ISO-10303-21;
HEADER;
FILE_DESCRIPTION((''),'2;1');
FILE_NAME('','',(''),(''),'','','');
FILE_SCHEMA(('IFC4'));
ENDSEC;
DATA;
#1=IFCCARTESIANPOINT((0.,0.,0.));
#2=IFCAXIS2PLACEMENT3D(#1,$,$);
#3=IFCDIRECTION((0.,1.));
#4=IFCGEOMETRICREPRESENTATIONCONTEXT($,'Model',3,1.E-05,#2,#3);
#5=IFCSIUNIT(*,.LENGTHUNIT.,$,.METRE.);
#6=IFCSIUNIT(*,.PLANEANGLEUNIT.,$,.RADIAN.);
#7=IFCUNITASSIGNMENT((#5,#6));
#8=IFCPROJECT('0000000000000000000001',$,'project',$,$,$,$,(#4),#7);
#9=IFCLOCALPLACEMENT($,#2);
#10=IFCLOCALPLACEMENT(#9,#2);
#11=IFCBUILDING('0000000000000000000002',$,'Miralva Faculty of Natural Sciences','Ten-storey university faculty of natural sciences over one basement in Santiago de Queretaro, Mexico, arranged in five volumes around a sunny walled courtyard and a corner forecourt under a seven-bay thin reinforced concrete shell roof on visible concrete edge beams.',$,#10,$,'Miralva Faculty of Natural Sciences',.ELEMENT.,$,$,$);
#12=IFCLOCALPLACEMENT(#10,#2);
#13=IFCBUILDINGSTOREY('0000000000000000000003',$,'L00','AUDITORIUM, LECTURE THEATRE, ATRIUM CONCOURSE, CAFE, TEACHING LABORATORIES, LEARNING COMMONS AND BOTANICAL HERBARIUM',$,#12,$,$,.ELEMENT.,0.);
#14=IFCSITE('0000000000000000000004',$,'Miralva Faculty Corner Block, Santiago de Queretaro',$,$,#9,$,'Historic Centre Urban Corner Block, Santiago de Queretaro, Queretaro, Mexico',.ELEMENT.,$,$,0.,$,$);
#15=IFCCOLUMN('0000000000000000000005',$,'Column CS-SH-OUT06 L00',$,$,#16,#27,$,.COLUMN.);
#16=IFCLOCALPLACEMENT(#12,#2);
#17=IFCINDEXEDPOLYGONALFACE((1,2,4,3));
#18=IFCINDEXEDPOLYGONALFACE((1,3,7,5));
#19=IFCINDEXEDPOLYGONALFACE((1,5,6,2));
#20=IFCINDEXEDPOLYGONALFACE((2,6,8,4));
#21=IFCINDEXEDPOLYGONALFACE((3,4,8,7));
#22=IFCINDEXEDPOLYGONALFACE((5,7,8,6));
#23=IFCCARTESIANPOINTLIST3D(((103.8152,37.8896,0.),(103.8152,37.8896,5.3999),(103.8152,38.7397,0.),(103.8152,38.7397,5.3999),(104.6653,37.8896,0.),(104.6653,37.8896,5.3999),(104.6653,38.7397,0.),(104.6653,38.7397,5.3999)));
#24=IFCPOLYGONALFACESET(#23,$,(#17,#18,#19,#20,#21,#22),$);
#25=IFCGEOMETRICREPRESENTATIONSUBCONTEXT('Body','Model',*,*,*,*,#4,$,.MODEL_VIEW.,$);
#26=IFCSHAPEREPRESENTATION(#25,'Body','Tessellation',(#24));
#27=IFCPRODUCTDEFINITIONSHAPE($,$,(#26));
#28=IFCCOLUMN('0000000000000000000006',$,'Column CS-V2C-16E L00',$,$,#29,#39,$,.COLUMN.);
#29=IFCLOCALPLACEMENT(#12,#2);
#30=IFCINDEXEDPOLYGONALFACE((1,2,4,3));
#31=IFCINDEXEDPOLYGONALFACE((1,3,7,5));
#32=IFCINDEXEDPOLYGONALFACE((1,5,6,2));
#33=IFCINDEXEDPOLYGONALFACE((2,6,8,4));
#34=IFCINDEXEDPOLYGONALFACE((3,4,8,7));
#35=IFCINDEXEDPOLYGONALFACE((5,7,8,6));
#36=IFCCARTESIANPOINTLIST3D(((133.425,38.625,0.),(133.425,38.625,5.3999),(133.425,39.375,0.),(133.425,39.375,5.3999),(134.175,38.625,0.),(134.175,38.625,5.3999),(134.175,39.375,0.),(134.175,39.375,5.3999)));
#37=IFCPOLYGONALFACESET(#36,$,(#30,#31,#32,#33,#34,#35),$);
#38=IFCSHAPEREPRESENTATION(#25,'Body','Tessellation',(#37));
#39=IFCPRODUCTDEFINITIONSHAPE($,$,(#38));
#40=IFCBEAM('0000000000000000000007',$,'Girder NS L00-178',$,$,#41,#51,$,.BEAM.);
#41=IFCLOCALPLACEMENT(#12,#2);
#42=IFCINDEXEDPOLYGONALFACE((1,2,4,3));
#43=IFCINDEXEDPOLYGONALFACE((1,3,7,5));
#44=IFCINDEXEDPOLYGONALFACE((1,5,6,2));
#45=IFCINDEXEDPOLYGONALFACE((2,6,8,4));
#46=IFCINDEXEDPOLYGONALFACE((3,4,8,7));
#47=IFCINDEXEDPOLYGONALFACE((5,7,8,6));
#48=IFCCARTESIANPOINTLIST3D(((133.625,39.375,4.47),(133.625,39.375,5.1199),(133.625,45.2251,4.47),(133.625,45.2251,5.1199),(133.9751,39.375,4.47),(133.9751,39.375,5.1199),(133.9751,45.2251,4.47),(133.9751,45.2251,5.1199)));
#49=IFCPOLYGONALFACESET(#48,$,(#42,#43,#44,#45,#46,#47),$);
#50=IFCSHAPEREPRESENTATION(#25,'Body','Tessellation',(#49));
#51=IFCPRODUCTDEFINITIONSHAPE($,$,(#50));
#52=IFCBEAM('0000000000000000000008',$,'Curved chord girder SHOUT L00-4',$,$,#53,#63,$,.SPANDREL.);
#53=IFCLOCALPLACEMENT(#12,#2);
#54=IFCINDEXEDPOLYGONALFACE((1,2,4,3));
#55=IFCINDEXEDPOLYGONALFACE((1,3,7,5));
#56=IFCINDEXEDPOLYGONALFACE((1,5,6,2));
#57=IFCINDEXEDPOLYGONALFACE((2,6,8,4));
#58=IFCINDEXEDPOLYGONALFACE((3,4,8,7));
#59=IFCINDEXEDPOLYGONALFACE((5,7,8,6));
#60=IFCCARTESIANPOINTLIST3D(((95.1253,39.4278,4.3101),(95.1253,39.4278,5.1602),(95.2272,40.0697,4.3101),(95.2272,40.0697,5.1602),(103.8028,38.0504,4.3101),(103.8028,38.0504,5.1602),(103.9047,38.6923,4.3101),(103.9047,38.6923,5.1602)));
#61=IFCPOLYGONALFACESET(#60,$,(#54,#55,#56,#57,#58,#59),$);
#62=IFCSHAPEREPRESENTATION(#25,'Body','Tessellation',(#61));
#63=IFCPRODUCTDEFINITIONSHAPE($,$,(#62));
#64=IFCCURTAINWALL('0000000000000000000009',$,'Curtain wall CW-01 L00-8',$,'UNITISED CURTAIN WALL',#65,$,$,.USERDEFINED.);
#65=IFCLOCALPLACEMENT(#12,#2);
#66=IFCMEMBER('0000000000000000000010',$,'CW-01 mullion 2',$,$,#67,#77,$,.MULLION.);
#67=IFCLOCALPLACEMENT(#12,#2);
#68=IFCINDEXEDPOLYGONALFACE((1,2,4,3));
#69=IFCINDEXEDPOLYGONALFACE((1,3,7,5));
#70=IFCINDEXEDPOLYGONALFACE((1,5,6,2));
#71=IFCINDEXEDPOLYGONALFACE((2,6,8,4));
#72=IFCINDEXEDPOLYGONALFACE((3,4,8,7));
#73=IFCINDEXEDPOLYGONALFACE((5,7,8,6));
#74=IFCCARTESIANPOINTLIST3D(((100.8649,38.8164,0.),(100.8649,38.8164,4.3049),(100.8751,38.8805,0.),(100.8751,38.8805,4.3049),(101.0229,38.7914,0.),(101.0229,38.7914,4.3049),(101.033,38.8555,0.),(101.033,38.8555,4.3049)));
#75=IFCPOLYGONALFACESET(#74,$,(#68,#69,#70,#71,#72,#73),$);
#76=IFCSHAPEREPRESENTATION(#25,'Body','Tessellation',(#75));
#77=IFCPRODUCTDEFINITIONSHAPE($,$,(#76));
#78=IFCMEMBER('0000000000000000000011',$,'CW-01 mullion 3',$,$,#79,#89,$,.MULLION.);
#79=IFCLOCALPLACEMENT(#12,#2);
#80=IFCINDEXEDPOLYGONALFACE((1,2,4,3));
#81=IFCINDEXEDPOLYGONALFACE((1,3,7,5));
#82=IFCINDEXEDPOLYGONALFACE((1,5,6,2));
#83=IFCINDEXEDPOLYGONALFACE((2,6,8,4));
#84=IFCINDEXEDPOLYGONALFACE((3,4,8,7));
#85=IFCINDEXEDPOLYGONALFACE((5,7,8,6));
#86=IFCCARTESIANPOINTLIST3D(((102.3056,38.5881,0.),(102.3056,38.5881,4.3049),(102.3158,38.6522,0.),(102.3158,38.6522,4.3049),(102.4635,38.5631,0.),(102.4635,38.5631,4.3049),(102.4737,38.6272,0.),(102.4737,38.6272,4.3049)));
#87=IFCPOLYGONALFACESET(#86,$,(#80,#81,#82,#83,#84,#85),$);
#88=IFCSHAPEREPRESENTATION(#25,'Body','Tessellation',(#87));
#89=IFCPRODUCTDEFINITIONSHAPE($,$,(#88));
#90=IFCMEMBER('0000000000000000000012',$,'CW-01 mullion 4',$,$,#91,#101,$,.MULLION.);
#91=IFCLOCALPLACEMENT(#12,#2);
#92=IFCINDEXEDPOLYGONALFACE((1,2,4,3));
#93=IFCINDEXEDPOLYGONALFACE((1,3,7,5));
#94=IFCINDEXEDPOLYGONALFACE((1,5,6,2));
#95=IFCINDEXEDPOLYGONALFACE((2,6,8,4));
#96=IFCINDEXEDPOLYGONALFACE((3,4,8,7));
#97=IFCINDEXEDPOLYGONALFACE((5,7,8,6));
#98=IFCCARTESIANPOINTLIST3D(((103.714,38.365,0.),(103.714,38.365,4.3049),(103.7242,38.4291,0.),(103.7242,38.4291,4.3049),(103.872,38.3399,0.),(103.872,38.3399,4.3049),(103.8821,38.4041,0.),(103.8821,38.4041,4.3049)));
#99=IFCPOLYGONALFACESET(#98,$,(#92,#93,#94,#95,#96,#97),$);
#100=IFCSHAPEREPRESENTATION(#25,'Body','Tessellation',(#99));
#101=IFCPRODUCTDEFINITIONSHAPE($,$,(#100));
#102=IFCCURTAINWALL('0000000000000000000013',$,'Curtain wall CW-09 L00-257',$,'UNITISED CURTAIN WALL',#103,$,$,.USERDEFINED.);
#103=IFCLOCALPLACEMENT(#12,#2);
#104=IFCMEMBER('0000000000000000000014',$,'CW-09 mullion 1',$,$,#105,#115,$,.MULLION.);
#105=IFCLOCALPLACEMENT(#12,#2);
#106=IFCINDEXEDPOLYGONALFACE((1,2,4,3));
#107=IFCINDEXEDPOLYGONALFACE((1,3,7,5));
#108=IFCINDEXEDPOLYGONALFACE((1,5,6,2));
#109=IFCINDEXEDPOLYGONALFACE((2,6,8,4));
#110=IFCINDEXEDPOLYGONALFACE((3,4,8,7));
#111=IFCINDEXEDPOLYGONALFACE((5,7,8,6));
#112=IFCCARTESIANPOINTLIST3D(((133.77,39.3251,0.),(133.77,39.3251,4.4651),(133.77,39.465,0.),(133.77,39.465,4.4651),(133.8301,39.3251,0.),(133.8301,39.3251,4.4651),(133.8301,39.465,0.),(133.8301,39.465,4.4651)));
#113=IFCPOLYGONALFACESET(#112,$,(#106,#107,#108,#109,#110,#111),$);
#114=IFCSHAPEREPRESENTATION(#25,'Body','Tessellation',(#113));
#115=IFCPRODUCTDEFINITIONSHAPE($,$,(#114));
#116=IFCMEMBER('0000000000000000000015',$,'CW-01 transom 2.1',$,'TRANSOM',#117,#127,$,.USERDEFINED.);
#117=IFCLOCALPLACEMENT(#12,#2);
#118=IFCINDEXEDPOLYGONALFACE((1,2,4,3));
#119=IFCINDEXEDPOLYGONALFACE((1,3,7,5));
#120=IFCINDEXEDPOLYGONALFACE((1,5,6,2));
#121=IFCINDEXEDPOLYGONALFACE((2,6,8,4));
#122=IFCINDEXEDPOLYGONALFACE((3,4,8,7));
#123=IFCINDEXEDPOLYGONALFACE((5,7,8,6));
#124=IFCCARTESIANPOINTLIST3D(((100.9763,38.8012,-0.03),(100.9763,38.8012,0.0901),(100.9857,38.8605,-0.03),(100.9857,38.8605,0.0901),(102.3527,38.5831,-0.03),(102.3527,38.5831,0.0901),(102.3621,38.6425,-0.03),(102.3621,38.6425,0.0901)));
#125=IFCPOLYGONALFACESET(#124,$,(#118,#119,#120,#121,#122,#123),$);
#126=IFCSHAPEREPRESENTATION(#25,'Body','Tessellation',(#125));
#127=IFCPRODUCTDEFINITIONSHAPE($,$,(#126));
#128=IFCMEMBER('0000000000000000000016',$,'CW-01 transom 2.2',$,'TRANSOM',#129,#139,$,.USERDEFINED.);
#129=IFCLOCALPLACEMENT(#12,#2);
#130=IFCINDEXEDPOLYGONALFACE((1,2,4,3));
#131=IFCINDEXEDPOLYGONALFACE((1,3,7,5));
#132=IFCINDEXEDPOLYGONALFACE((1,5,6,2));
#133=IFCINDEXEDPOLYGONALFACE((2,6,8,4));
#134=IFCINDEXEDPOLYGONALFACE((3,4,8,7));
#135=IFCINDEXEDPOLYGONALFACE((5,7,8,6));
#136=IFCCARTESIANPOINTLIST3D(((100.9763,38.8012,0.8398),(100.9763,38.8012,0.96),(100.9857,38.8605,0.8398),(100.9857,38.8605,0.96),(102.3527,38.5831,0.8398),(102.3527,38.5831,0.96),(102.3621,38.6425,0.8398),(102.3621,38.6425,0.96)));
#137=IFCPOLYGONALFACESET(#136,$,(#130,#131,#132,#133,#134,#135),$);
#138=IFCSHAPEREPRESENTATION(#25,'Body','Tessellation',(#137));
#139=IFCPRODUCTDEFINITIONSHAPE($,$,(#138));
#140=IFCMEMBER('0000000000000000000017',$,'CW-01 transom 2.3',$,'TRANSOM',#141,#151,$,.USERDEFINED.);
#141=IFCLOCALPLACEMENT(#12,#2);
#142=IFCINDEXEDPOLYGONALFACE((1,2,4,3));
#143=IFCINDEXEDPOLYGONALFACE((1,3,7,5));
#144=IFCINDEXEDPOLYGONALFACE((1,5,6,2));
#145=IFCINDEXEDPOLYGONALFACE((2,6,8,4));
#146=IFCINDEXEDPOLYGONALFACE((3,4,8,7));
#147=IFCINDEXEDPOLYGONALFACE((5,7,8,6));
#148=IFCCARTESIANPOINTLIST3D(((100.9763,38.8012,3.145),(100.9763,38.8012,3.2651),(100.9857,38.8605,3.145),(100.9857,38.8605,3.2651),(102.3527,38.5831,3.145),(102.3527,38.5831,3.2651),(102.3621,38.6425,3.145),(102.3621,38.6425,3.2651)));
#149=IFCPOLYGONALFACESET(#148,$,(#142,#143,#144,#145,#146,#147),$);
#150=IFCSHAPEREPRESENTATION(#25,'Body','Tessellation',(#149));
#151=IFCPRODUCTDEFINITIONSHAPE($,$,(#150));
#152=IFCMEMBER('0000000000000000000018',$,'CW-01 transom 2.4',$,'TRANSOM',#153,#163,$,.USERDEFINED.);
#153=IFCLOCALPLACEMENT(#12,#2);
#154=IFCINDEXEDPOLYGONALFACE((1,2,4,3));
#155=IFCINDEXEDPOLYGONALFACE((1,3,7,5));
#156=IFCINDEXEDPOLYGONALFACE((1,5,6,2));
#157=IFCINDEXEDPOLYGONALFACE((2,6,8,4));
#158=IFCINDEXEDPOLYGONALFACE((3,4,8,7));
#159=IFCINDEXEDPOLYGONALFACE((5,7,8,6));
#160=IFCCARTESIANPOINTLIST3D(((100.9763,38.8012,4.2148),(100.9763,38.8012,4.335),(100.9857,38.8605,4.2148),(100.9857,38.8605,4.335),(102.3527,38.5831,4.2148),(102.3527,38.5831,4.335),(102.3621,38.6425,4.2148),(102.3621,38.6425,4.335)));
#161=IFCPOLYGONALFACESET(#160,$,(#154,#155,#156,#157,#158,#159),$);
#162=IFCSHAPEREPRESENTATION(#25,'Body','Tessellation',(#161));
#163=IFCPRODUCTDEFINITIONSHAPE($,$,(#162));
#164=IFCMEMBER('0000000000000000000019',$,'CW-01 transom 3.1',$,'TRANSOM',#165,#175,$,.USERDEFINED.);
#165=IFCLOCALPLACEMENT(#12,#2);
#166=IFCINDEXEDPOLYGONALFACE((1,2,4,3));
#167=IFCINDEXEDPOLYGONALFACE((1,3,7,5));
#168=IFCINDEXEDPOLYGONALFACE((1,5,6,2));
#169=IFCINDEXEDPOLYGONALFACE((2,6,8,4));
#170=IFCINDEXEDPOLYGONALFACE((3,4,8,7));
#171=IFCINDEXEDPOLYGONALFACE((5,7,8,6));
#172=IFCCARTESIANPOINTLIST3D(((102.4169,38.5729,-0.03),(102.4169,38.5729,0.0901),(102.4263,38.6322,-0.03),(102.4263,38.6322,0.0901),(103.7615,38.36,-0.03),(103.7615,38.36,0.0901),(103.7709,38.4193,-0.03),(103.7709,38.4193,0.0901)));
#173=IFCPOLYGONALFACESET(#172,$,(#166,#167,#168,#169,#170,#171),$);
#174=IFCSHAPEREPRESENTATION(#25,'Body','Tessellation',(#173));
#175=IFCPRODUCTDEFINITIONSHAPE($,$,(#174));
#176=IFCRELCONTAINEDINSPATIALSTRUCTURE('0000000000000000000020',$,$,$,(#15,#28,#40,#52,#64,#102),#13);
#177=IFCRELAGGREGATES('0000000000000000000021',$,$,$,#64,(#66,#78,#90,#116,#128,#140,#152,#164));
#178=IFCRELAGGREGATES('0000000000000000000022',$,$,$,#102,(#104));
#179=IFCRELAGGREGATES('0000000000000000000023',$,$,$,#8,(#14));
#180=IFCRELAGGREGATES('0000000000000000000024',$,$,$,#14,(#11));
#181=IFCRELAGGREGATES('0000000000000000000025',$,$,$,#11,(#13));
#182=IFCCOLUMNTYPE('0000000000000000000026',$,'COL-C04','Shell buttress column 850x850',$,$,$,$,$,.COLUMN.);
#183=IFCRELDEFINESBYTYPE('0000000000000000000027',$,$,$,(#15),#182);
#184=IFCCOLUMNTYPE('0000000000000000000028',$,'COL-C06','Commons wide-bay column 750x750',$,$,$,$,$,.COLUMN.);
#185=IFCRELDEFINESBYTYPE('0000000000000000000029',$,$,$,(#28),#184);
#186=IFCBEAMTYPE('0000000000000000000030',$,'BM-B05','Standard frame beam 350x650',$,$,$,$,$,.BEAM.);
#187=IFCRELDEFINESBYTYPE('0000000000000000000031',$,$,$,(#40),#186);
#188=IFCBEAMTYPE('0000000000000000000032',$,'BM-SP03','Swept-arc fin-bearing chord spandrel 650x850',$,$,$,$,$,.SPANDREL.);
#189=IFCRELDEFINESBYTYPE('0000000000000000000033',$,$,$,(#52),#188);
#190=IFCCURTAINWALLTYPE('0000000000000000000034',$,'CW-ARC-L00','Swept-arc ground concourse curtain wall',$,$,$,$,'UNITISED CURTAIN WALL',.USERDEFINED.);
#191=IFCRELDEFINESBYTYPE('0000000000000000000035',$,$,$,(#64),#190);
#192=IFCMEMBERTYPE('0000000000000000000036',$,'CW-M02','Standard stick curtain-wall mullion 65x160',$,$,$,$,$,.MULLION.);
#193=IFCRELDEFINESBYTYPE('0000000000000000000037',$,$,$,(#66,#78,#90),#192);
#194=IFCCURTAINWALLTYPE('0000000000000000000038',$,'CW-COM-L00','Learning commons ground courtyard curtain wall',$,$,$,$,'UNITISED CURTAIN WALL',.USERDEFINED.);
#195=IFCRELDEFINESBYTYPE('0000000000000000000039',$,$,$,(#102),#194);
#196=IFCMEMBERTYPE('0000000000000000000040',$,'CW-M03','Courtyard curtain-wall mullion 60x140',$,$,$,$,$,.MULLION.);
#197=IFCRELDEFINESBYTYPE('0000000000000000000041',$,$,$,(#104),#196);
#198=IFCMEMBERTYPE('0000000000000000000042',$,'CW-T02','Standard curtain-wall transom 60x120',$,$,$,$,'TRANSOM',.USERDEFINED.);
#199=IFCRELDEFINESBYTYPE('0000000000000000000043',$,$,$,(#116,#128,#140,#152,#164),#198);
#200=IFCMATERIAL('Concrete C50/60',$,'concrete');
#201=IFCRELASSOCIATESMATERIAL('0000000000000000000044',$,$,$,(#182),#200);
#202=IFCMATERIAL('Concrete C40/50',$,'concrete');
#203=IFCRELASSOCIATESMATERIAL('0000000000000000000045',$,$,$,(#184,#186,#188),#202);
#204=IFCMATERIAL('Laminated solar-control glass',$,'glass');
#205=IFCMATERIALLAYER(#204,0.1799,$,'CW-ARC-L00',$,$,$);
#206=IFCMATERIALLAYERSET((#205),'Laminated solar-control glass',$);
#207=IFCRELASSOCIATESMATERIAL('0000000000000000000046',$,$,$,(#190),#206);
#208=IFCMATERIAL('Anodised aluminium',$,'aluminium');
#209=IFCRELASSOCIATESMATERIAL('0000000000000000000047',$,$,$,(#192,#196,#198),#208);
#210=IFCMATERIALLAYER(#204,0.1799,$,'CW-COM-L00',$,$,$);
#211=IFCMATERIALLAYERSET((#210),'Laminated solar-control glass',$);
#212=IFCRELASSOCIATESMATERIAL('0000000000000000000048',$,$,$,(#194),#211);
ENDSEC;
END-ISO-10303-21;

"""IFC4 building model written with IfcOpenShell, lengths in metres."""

from ifc_helpers import new_model, si_unit, direction, frame, origin, origin_2d, place, context, subcontext, project, spatial, rectangle, extrude, material, layer, layer_set, material_profile, profile_set, type_object, element, aggregate, save


model = new_model("IFC4")

# Units and contexts
model_context = context("Model", 3, precision=1e-05, world=origin(), true_north=direction((0.0, 1.0)))
body_context = subcontext(model_context, "Body", "Model", "MODEL_VIEW")
ifc_project = project(units=[si_unit("LENGTHUNIT", "METRE"), si_unit("PLANEANGLEUNIT", "RADIAN")], contexts=[model_context])

# Site, building, storey
site_placement = place(None, origin())
site = spatial("IfcSite", under=ifc_project, at=site_placement, Name="Miralva Faculty Corner Block, Santiago de Queretaro", LongName="Historic Centre Urban Corner Block, Santiago de Queretaro, Queretaro, Mexico", CompositionType="ELEMENT", RefElevation=0.0)
building_placement = place(site_placement, origin())
building = spatial("IfcBuilding", under=site, at=building_placement, Name="Miralva Faculty of Natural Sciences", Description="Ten-storey university faculty of natural sciences over one basement in Santiago de Queretaro, Mexico, arranged in five volumes around a sunny walled courtyard and a corner forecourt under a seven-bay thin reinforced concrete shell roof on visible concrete edge beams.", LongName="Miralva Faculty of Natural Sciences", CompositionType="ELEMENT")
storey_placement = place(building_placement, origin())
storey = spatial("IfcBuildingStorey", under=building, at=storey_placement, Name="L00", Description="AUDITORIUM, LECTURE THEATRE, ATRIUM CONCOURSE, CAFE, TEACHING LABORATORIES, LEARNING COMMONS AND BOTANICAL HERBARIUM", CompositionType="ELEMENT", Elevation=0.0)

# Columns
ifc_material_1 = material(Name="Concrete C50/60", Category="concrete")
ifc_material_profile_1 = material_profile(ifc_material_1, rectangle(XDim=0.8501, YDim=0.8501, at=origin_2d()), Name="RC 850x850")
ifc_profile_set_1 = profile_set([ifc_material_profile_1], Name="Concrete C50/60")
column_type_1 = type_object("IfcColumnType", Name="COL-C04", Description="Shell buttress column 850x850", PredefinedType="COLUMN", material=ifc_profile_set_1)
column_1_placement = place(storey_placement, frame((104.2402, 38.3147, 0.0), z_axis=(0.0, 0.0, 1.0), x_axis=(1.0, 0.0, 0.0)))
element("IfcColumn", 1, at=column_1_placement, inside=storey, type_object=column_type_1, Name="Column CS-SH-OUT06 L00", PredefinedType="COLUMN", context=body_context, shape_type="SweptSolid", body=[
    extrude(rectangle(XDim=0.8501, YDim=0.8501, at=origin_2d()), origin(), (0.0, 0.0, 1.0), 5.3999),
])
ifc_material_2 = material(Name="Concrete C40/50", Category="concrete")
ifc_material_profile_2 = material_profile(ifc_material_2, rectangle(XDim=0.75, YDim=0.75, at=origin_2d()), Name="RC 750x750")
ifc_profile_set_2 = profile_set([ifc_material_profile_2], Name="Concrete C40/50")
column_type_2 = type_object("IfcColumnType", Name="COL-C06", Description="Commons wide-bay column 750x750", PredefinedType="COLUMN", material=ifc_profile_set_2)
column_2_placement = place(storey_placement, frame((133.8, 39.0, 0.0), z_axis=(0.0, 0.0, 1.0), x_axis=(1.0, 0.0, 0.0)))
element("IfcColumn", 2, at=column_2_placement, inside=storey, type_object=column_type_2, Name="Column CS-V2C-16E L00", PredefinedType="COLUMN", context=body_context, shape_type="SweptSolid", body=[
    extrude(rectangle(XDim=0.75, YDim=0.75, at=origin_2d()), origin(), (0.0, 0.0, 1.0), 5.3999),
])

# Beams
ifc_material_profile_3 = material_profile(ifc_material_2, rectangle(XDim=0.3501, YDim=0.6499, at=origin_2d()), Name="RC 350x650")
ifc_profile_set_3 = profile_set([ifc_material_profile_3], Name="Concrete C40/50")
beam_type_1 = type_object("IfcBeamType", Name="BM-B05", Description="Standard frame beam 350x650", PredefinedType="BEAM", material=ifc_profile_set_3)
beam_1_placement = place(storey_placement, frame((133.8, 39.375, 4.7949), z_axis=(0.0, 1.0, 0.0), x_axis=(-1.0, 0.0, 0.0)))
element("IfcBeam", 3, at=beam_1_placement, inside=storey, type_object=beam_type_1, Name="Girder NS L00-178", PredefinedType="BEAM", context=body_context, shape_type="SweptSolid", body=[
    extrude(rectangle(XDim=0.3501, YDim=0.6499, at=origin_2d()), origin(), (0.0, 0.0, 1.0), 5.8501),
])
ifc_material_profile_4 = material_profile(ifc_material_2, rectangle(XDim=0.6499, YDim=0.8501, at=origin_2d()), Name="RC 650x850")
ifc_profile_set_4 = profile_set([ifc_material_profile_4], Name="Concrete C40/50")
beam_type_2 = type_object("IfcBeamType", Name="BM-SP03", Description="Swept-arc fin-bearing chord spandrel 650x850", PredefinedType="SPANDREL", material=ifc_profile_set_4)
beam_2_placement = place(storey_placement, frame((103.8538, 38.3713, 4.7351), z_axis=(-0.987634, 0.156774, 0.0), x_axis=(-0.156774, -0.987634, 0.0)))
element("IfcBeam", 4, at=beam_2_placement, inside=storey, type_object=beam_type_2, Name="Curved chord girder SHOUT L00-4", PredefinedType="SPANDREL", context=body_context, shape_type="SweptSolid", body=[
    extrude(rectangle(XDim=0.6499, YDim=0.8501, at=origin_2d()), origin(), (0.0, 0.0, 1.0), 8.7861),
])

# Curtain wall, members
ifc_material_3 = material(Name="Laminated solar-control glass", Category="glass")
ifc_layer_1 = layer(ifc_material_3, 0.1799, Name="CW-ARC-L00")
ifc_layer_set_1 = layer_set([ifc_layer_1], Name="Laminated solar-control glass")
curtain_wall_type_1 = type_object("IfcCurtainWallType", Name="CW-ARC-L00", Description="Swept-arc ground concourse curtain wall", ElementType="UNITISED CURTAIN WALL", PredefinedType="USERDEFINED", material=ifc_layer_set_1)
curtain_wall_1_placement = place(storey_placement, origin())
curtain_wall_1 = element("IfcCurtainWall", 5, at=curtain_wall_1_placement, inside=storey, type_object=curtain_wall_type_1, Name="Curtain wall CW-01 L00-8", ObjectType="UNITISED CURTAIN WALL", PredefinedType="USERDEFINED")
ifc_material_4 = material(Name="Anodised aluminium", Category="aluminium")
ifc_material_profile_5 = material_profile(ifc_material_4, rectangle(XDim=0.0649, YDim=0.1599, at=origin_2d()), Name="MULLION 65x160")
ifc_profile_set_5 = profile_set([ifc_material_profile_5], Name="Anodised aluminium")
member_type_1 = type_object("IfcMemberType", Name="CW-M02", Description="Standard stick curtain-wall mullion 65x160", PredefinedType="MULLION", material=ifc_profile_set_5)
member_1_placement = place(storey_placement, frame((100.949, 38.8359, 0.0), z_axis=(0.0, 0.0, 1.0), x_axis=(0.156445, 0.987687, 0.0)))
member_1 = element("IfcMember", 6, at=member_1_placement, type_object=member_type_1, Name="CW-01 mullion 2", PredefinedType="MULLION", context=body_context, shape_type="SweptSolid", body=[
    extrude(rectangle(XDim=0.0649, YDim=0.1599, at=origin_2d()), origin(), (0.0, 0.0, 1.0), 4.3049),
])
member_2_placement = place(storey_placement, frame((102.3896, 38.6077, 0.0), z_axis=(0.0, 0.0, 1.0), x_axis=(0.156445, 0.987687, 0.0)))
member_2 = element("IfcMember", 7, at=member_2_placement, type_object=member_type_1, Name="CW-01 mullion 3", PredefinedType="MULLION", context=body_context, shape_type="SweptSolid", body=[
    extrude(rectangle(XDim=0.0649, YDim=0.1599, at=origin_2d()), origin(), (0.0, 0.0, 1.0), 4.3049),
])
member_3_placement = place(storey_placement, frame((103.7981, 38.3845, 0.0), z_axis=(0.0, 0.0, 1.0), x_axis=(0.156445, 0.987687, 0.0)))
member_3 = element("IfcMember", 8, at=member_3_placement, type_object=member_type_1, Name="CW-01 mullion 4", PredefinedType="MULLION", context=body_context, shape_type="SweptSolid", body=[
    extrude(rectangle(XDim=0.0649, YDim=0.1599, at=origin_2d()), origin(), (0.0, 0.0, 1.0), 4.3049),
])

# Curtain wall, member
ifc_layer_2 = layer(ifc_material_3, 0.1799, Name="CW-COM-L00")
ifc_layer_set_2 = layer_set([ifc_layer_2], Name="Laminated solar-control glass")
curtain_wall_type_2 = type_object("IfcCurtainWallType", Name="CW-COM-L00", Description="Learning commons ground courtyard curtain wall", ElementType="UNITISED CURTAIN WALL", PredefinedType="USERDEFINED", material=ifc_layer_set_2)
curtain_wall_2_placement = place(storey_placement, origin())
curtain_wall_2 = element("IfcCurtainWall", 9, at=curtain_wall_2_placement, inside=storey, type_object=curtain_wall_type_2, Name="Curtain wall CW-09 L00-257", ObjectType="UNITISED CURTAIN WALL", PredefinedType="USERDEFINED")
ifc_material_profile_6 = material_profile(ifc_material_4, rectangle(XDim=0.0601, YDim=0.1399, at=origin_2d()), Name="MULLION 60x140")
ifc_profile_set_6 = profile_set([ifc_material_profile_6], Name="Anodised aluminium")
member_type_2 = type_object("IfcMemberType", Name="CW-M03", Description="Courtyard curtain-wall mullion 60x140", PredefinedType="MULLION", material=ifc_profile_set_6)
member_4_placement = place(storey_placement, frame((133.8, 39.395, 0.0), z_axis=(0.0, 0.0, 1.0), x_axis=(-1.0, 0.0, 0.0)))
member_4 = element("IfcMember", 10, at=member_4_placement, type_object=member_type_2, Name="CW-09 mullion 1", PredefinedType="MULLION", context=body_context, shape_type="SweptSolid", body=[
    extrude(rectangle(XDim=0.0601, YDim=0.1399, at=origin_2d()), origin(), (0.0, 0.0, 1.0), 4.4651),
])

# Members
ifc_material_profile_7 = material_profile(ifc_material_4, rectangle(XDim=0.0601, YDim=0.1201, at=origin_2d()), Name="TRANSOM 60x120")
ifc_profile_set_7 = profile_set([ifc_material_profile_7], Name="Anodised aluminium")
member_type_3 = type_object("IfcMemberType", Name="CW-T02", Description="Standard curtain-wall transom 60x120", ElementType="TRANSOM", PredefinedType="USERDEFINED", material=ifc_profile_set_7)
member_5_placement = place(storey_placement, frame((100.981, 38.8308, 0.03), z_axis=(0.987688, -0.156439, 0.0), x_axis=(0.156439, 0.987688, 0.0)))
member_5 = element("IfcMember", 11, at=member_5_placement, type_object=member_type_3, Name="CW-01 transom 2.1", ObjectType="TRANSOM", PredefinedType="USERDEFINED", context=body_context, shape_type="SweptSolid", body=[
    extrude(rectangle(XDim=0.0601, YDim=0.1201, at=origin_2d()), origin(), (0.0, 0.0, 1.0), 1.3936),
])
member_6_placement = place(storey_placement, frame((100.981, 38.8308, 0.8999), z_axis=(0.987688, -0.156439, 0.0), x_axis=(0.156439, 0.987688, 0.0)))
member_6 = element("IfcMember", 12, at=member_6_placement, type_object=member_type_3, Name="CW-01 transom 2.2", ObjectType="TRANSOM", PredefinedType="USERDEFINED", context=body_context, shape_type="SweptSolid", body=[
    extrude(rectangle(XDim=0.0601, YDim=0.1201, at=origin_2d()), origin(), (0.0, 0.0, 1.0), 1.3936),
])
member_7_placement = place(storey_placement, frame((100.981, 38.8308, 3.2051), z_axis=(0.987688, -0.156439, 0.0), x_axis=(0.156439, 0.987688, 0.0)))
member_7 = element("IfcMember", 13, at=member_7_placement, type_object=member_type_3, Name="CW-01 transom 2.3", ObjectType="TRANSOM", PredefinedType="USERDEFINED", context=body_context, shape_type="SweptSolid", body=[
    extrude(rectangle(XDim=0.0601, YDim=0.1201, at=origin_2d()), origin(), (0.0, 0.0, 1.0), 1.3936),
])
member_8_placement = place(storey_placement, frame((100.981, 38.8308, 4.2749), z_axis=(0.987688, -0.156439, 0.0), x_axis=(0.156439, 0.987688, 0.0)))
member_8 = element("IfcMember", 14, at=member_8_placement, type_object=member_type_3, Name="CW-01 transom 2.4", ObjectType="TRANSOM", PredefinedType="USERDEFINED", context=body_context, shape_type="SweptSolid", body=[
    extrude(rectangle(XDim=0.0601, YDim=0.1201, at=origin_2d()), origin(), (0.0, 0.0, 1.0), 1.3936),
])
member_9_placement = place(storey_placement, frame((102.4216, 38.6025, 0.03), z_axis=(0.987695, -0.156395, 0.0), x_axis=(0.156395, 0.987695, 0.0)))
member_9 = element("IfcMember", 15, at=member_9_placement, type_object=member_type_3, Name="CW-01 transom 3.1", ObjectType="TRANSOM", PredefinedType="USERDEFINED", context=body_context, shape_type="SweptSolid", body=[
    extrude(rectangle(XDim=0.0601, YDim=0.1201, at=origin_2d()), origin(), (0.0, 0.0, 1.0), 1.3613),
])

aggregate(curtain_wall_1, [member_1, member_2, member_3, member_5, member_6, member_7, member_8, member_9])
aggregate(curtain_wall_2, [member_4])

save(model, "model.ifc")
